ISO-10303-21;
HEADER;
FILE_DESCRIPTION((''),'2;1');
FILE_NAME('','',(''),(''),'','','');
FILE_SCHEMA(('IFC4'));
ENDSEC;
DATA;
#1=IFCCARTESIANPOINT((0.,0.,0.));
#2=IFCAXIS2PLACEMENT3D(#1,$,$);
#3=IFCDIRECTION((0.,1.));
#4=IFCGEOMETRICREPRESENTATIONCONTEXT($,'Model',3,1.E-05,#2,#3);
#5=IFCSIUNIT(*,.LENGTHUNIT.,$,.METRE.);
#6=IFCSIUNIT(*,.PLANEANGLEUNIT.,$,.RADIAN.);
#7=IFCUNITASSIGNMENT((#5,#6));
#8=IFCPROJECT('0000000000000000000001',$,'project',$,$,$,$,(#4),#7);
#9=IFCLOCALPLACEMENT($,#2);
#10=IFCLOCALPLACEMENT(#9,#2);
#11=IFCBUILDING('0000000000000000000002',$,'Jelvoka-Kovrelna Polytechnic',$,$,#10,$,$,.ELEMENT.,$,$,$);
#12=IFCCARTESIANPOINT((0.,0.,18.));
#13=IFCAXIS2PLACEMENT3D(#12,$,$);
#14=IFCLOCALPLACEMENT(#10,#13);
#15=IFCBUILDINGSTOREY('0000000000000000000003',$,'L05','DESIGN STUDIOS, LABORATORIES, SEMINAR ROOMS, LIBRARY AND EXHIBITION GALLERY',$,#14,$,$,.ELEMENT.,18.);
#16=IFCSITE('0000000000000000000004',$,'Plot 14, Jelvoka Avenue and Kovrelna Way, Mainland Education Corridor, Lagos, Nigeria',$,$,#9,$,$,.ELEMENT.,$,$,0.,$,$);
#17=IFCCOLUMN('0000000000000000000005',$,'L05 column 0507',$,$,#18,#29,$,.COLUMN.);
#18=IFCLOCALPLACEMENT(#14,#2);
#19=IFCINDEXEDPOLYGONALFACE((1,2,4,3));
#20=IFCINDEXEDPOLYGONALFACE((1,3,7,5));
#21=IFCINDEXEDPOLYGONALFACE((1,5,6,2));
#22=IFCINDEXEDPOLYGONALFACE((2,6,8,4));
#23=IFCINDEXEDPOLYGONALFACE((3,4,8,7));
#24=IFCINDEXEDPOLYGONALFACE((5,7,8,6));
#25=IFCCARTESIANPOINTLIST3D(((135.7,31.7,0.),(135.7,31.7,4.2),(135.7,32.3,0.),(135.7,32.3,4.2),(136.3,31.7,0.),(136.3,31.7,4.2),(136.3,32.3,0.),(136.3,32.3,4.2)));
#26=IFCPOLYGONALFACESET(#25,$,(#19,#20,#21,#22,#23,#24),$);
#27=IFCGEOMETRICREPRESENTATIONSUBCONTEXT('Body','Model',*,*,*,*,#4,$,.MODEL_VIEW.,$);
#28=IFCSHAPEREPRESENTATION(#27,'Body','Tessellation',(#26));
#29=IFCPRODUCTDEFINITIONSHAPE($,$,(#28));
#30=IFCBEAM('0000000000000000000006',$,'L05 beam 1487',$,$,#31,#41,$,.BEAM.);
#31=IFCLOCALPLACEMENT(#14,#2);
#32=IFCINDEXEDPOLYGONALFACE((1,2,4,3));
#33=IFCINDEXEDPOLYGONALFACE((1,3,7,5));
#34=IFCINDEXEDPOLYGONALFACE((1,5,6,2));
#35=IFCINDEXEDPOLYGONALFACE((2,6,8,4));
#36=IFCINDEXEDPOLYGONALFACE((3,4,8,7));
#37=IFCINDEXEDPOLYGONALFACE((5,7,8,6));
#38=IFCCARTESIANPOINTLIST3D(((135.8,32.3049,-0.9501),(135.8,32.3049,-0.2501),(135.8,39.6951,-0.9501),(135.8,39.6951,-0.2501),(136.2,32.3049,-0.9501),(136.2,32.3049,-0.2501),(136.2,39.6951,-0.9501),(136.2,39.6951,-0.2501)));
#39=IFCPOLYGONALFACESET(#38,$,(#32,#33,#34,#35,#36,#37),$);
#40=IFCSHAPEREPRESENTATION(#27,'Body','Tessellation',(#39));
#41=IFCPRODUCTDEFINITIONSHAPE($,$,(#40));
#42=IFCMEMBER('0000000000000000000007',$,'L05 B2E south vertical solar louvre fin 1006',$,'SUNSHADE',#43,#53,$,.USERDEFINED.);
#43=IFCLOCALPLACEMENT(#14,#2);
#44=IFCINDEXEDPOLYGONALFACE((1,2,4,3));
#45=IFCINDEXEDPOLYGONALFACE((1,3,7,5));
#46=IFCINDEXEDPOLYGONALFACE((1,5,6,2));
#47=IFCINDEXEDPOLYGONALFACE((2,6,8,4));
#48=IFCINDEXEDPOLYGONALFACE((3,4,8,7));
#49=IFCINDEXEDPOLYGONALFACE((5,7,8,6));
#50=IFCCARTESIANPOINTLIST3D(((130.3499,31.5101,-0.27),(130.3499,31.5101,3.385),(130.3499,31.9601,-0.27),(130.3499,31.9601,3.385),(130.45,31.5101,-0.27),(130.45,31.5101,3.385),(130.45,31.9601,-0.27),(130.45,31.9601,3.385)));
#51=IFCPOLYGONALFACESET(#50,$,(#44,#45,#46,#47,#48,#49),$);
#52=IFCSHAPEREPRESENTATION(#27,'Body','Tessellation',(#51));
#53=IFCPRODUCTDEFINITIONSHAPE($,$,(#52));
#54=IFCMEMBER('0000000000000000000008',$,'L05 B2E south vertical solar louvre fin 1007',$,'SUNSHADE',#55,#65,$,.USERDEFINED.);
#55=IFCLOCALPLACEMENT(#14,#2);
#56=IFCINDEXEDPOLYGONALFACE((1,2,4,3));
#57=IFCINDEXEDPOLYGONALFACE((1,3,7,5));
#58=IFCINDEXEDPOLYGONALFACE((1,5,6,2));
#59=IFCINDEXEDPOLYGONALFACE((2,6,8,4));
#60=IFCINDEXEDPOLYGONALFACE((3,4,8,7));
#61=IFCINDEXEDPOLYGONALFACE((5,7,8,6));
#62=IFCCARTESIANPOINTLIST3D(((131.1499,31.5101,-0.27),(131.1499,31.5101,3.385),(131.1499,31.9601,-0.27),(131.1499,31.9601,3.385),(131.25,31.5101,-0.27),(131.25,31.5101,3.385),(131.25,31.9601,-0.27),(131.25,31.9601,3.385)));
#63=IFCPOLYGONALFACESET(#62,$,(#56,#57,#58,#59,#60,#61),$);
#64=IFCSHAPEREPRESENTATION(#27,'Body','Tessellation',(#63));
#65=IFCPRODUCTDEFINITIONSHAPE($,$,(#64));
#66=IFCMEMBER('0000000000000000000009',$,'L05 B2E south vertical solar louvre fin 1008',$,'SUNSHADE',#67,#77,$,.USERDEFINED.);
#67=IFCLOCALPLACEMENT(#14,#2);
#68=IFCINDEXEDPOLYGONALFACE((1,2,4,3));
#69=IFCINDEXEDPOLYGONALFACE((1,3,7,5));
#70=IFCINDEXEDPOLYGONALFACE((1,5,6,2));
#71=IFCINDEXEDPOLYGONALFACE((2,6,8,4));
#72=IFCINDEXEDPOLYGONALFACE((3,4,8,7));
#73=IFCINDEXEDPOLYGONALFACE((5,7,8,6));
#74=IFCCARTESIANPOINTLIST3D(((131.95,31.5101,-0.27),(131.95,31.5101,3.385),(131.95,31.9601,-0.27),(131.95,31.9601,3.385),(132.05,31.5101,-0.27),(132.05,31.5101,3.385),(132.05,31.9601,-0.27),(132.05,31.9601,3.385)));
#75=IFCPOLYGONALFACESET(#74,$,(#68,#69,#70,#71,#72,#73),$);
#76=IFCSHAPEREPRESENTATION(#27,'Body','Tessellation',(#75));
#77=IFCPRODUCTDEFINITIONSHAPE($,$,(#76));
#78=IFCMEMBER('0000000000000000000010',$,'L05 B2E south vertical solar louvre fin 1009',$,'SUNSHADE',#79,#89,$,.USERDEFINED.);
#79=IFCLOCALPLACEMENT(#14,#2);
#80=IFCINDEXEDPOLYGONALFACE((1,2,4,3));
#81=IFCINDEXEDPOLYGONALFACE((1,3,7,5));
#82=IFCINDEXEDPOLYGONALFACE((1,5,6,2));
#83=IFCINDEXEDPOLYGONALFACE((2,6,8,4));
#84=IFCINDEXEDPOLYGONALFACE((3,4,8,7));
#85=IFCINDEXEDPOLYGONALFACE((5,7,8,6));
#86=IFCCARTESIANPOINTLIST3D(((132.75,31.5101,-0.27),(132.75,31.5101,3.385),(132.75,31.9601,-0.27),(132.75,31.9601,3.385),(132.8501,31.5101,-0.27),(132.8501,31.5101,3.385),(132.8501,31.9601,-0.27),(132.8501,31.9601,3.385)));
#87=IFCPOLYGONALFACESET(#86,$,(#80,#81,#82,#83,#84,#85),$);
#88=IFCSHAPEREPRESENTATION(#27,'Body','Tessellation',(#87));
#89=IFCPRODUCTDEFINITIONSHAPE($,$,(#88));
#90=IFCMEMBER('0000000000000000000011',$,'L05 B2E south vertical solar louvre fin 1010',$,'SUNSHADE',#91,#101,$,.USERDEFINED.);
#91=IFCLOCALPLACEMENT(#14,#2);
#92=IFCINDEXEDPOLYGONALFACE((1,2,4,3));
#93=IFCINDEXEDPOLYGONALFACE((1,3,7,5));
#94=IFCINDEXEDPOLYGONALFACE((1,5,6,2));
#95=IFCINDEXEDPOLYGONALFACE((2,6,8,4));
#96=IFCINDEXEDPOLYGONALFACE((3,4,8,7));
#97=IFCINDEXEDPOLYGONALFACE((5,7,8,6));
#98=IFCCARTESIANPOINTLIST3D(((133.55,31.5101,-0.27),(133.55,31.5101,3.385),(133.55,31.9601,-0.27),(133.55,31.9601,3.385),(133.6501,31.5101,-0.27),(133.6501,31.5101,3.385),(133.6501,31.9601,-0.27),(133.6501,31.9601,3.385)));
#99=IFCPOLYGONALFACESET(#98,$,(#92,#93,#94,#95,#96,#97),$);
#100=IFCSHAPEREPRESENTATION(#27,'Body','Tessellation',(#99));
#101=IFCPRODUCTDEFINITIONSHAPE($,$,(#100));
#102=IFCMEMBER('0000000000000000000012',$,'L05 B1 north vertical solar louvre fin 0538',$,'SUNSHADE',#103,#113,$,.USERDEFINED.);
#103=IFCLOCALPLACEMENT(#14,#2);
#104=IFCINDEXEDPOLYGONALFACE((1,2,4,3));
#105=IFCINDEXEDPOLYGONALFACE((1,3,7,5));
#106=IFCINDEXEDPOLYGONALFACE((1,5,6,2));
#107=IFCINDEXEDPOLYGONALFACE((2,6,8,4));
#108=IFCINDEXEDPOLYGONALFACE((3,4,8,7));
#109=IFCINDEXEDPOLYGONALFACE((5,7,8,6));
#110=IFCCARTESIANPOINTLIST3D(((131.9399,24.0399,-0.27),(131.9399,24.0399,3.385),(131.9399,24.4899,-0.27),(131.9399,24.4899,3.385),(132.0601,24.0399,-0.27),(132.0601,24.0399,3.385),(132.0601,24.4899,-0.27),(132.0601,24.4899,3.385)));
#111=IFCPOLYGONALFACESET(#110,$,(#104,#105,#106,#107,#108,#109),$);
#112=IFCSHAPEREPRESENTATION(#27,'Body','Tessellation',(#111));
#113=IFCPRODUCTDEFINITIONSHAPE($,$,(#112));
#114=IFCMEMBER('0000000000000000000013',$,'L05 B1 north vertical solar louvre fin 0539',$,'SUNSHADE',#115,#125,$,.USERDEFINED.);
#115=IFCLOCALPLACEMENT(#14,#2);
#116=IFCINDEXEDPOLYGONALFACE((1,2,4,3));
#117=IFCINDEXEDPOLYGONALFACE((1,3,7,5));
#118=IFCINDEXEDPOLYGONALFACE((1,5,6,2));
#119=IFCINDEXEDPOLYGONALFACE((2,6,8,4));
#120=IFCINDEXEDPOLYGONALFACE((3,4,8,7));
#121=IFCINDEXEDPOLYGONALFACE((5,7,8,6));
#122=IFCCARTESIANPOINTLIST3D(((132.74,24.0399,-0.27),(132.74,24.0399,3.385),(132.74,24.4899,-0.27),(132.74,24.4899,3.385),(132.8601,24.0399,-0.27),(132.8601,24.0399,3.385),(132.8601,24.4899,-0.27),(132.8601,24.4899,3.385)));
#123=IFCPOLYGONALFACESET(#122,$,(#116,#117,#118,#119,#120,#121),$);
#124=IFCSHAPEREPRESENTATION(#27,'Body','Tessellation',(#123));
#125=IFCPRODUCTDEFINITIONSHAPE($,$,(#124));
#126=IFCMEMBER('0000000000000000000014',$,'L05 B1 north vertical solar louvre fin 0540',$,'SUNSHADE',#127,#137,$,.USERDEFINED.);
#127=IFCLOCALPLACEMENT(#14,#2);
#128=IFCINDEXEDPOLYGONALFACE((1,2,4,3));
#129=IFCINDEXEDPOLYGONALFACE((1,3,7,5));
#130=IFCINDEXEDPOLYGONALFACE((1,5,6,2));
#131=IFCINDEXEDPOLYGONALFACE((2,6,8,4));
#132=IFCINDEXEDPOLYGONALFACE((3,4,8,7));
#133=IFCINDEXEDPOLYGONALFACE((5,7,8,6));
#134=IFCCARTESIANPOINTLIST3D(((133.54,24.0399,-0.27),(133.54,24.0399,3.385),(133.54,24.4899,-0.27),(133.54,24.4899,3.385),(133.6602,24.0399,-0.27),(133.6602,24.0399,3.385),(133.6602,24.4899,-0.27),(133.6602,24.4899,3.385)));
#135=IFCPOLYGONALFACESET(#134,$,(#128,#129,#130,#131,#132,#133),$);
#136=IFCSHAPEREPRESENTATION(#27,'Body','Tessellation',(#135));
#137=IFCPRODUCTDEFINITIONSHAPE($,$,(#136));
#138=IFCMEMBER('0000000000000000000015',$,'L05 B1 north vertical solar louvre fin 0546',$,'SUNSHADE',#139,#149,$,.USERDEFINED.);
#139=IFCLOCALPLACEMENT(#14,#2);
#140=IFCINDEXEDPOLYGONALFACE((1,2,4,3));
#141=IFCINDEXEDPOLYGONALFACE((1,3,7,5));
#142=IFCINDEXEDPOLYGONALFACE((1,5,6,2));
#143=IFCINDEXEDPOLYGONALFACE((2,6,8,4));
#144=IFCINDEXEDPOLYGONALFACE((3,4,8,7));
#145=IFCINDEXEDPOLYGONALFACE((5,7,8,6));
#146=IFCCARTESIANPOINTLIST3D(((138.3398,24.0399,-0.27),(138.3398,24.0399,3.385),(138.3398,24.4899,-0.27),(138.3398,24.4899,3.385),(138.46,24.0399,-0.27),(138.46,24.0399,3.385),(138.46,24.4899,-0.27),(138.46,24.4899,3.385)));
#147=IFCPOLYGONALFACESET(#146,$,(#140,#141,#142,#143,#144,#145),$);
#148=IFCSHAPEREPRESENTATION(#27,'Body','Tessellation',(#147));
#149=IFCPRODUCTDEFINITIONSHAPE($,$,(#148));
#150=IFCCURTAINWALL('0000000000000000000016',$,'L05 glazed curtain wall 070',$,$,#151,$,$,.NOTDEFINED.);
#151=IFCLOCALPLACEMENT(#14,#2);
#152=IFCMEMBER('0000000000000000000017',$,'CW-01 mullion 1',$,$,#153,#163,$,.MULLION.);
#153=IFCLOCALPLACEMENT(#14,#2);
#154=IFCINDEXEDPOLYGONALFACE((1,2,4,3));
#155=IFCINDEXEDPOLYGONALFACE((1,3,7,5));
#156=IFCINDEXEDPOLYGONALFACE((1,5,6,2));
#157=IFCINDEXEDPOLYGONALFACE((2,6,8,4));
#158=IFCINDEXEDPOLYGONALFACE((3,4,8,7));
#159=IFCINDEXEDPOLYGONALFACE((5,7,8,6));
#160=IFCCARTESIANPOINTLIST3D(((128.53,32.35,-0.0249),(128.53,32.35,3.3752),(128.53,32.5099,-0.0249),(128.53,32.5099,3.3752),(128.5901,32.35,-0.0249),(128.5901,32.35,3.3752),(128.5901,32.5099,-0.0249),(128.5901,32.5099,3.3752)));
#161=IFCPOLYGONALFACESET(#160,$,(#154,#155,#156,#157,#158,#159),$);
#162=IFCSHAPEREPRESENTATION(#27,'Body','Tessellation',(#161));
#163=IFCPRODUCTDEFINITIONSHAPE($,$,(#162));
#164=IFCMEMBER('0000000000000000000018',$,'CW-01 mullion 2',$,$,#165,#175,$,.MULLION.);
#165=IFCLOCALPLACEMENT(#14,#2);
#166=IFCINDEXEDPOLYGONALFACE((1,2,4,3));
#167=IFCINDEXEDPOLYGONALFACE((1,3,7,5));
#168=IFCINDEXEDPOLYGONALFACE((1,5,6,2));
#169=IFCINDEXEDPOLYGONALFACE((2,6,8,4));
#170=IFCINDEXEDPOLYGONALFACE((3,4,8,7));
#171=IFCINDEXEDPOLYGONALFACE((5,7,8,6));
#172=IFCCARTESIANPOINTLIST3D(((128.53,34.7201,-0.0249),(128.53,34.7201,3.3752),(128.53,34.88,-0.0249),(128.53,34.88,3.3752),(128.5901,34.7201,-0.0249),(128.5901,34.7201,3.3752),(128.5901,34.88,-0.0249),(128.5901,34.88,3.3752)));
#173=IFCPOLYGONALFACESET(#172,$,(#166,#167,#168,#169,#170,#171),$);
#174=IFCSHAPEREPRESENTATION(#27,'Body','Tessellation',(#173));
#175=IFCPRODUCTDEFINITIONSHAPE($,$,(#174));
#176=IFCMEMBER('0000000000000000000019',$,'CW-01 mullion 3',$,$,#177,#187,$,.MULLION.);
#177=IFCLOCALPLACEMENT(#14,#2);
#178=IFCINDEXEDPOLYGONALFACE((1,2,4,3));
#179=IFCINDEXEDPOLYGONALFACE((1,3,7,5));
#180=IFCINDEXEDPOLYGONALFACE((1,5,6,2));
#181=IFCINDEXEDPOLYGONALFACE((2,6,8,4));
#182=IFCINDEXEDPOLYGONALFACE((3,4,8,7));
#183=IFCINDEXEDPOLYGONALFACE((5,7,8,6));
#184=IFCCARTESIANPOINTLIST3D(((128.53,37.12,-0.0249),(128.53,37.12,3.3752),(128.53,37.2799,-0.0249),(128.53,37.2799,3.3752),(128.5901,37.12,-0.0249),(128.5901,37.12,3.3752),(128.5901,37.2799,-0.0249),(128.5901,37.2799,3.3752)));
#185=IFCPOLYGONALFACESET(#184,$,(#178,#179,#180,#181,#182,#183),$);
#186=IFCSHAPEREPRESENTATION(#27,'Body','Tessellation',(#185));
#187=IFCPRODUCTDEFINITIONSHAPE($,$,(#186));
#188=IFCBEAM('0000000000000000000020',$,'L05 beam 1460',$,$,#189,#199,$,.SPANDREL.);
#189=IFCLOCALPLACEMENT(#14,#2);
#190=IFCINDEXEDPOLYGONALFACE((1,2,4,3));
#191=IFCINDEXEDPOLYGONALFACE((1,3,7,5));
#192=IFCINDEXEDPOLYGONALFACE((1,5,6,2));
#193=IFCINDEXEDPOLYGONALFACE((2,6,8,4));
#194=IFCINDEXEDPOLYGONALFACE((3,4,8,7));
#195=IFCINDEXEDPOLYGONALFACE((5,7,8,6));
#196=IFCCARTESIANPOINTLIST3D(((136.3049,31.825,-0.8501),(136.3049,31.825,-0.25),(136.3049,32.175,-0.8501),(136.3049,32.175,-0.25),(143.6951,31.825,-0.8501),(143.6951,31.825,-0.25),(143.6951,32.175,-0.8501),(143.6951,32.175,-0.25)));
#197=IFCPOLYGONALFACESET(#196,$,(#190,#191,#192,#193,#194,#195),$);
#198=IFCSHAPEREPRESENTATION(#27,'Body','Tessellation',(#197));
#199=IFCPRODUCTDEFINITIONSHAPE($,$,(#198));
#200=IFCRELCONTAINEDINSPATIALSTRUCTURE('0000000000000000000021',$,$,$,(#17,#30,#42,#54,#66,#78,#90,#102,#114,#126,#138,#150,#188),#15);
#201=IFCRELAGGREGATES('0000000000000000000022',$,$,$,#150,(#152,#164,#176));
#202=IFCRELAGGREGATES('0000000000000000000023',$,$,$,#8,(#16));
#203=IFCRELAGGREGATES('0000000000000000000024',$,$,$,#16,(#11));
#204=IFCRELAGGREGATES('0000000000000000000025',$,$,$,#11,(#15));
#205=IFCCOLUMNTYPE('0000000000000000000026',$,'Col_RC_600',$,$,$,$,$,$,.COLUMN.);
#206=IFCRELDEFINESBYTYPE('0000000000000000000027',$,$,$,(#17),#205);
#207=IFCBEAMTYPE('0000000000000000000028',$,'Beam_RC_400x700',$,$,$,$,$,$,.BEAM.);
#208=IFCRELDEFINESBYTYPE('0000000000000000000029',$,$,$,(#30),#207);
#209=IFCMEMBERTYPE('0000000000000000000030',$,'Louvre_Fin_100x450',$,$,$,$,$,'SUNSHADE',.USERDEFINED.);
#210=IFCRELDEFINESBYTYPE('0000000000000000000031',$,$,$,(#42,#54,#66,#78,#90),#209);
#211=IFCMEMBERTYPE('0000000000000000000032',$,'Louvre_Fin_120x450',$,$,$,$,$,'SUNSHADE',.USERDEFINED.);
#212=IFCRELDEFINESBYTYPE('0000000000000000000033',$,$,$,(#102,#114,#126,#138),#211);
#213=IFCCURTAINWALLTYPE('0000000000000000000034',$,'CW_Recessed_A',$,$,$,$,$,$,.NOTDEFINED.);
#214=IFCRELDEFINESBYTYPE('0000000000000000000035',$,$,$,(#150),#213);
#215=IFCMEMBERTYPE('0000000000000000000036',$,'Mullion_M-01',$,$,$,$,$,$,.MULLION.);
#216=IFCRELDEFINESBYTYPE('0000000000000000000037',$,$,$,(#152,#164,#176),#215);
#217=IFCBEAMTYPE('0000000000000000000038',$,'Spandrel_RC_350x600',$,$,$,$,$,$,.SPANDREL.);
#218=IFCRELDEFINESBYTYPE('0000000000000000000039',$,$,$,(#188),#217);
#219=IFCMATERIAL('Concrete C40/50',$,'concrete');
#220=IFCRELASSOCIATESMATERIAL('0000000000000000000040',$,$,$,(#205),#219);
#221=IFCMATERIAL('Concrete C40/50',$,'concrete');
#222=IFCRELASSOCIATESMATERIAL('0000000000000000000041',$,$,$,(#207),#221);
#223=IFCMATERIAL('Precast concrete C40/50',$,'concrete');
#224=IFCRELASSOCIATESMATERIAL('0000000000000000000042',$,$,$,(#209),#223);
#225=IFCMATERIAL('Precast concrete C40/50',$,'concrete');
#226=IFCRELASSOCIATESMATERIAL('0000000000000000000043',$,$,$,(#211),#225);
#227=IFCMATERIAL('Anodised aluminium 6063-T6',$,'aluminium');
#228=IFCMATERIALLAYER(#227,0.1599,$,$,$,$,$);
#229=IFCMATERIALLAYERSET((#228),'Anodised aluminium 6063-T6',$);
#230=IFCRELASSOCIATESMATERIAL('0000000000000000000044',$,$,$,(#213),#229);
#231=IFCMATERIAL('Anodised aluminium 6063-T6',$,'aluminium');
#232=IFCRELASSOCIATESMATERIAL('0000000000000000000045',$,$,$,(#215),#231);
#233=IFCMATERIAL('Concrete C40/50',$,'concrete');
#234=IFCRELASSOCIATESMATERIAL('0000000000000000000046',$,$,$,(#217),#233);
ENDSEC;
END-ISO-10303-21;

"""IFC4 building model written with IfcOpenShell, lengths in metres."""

from ifc_helpers import new_model, si_unit, direction, frame, origin, origin_2d, place, context, subcontext, project, spatial, rectangle, extrude, material, layer, layer_set, material_profile, profile_set, type_object, element, aggregate, save


model = new_model("IFC4")

# Units and contexts
model_context = context("Model", 3, precision=1e-05, world=origin(), true_north=direction((0.0, 1.0)))
body_context = subcontext(model_context, "Body", "Model", "MODEL_VIEW")
ifc_project = project(units=[si_unit("LENGTHUNIT", "METRE"), si_unit("PLANEANGLEUNIT", "RADIAN")], contexts=[model_context])

# Site, building, storey
site_placement = place(None, origin())
site = spatial("IfcSite", under=ifc_project, at=site_placement, Name="Plot 14, Jelvoka Avenue and Kovrelna Way, Mainland Education Corridor, Lagos, Nigeria", CompositionType="ELEMENT", RefElevation=0.0)
building_placement = place(site_placement, origin())
building = spatial("IfcBuilding", under=site, at=building_placement, Name="Jelvoka-Kovrelna Polytechnic", CompositionType="ELEMENT")
storey_placement = place(building_placement, frame((0.0, 0.0, 18.0)))
storey = spatial("IfcBuildingStorey", under=building, at=storey_placement, Name="L05", Description="DESIGN STUDIOS, LABORATORIES, SEMINAR ROOMS, LIBRARY AND EXHIBITION GALLERY", CompositionType="ELEMENT", Elevation=18.0)

# Column
ifc_material_1 = material(Name="Concrete C40/50", Category="concrete")
ifc_material_profile_1 = material_profile(ifc_material_1, rectangle(XDim=0.6001, YDim=0.6001, at=origin_2d()), Name="RC 600x600")
ifc_profile_set_1 = profile_set([ifc_material_profile_1], Name="Concrete C40/50")
column_type = type_object("IfcColumnType", Name="Col_RC_600", PredefinedType="COLUMN", material=ifc_profile_set_1)
column_placement = place(storey_placement, frame((136.0, 32.0, 0.0), z_axis=(0.0, 0.0, 1.0), x_axis=(1.0, 0.0, 0.0)))
element("IfcColumn", 1, at=column_placement, inside=storey, type_object=column_type, Name="L05 column 0507", PredefinedType="COLUMN", context=body_context, shape_type="SweptSolid", body=[
    extrude(rectangle(XDim=0.6001, YDim=0.6001, at=origin_2d()), origin(), (0.0, 0.0, 1.0), 4.2),
])

# Beam
ifc_material_2 = material(Name="Concrete C40/50", Category="concrete")
ifc_material_profile_2 = material_profile(ifc_material_2, rectangle(XDim=0.3999, YDim=0.7, at=origin_2d()), Name="RC 400x700")
ifc_profile_set_2 = profile_set([ifc_material_profile_2], Name="Concrete C40/50")
beam_type_1 = type_object("IfcBeamType", Name="Beam_RC_400x700", PredefinedType="BEAM", material=ifc_profile_set_2)
beam_1_placement = place(storey_placement, frame((136.0, 32.3049, -0.6001), z_axis=(0.0, 1.0, 0.0), x_axis=(-1.0, 0.0, 0.0)))
element("IfcBeam", 2, at=beam_1_placement, inside=storey, type_object=beam_type_1, Name="L05 beam 1487", PredefinedType="BEAM", context=body_context, shape_type="SweptSolid", body=[
    extrude(rectangle(XDim=0.3999, YDim=0.7, at=origin_2d()), origin(), (0.0, 0.0, 1.0), 7.3901),
])

# Members
ifc_material_3 = material(Name="Precast concrete C40/50", Category="concrete")
ifc_material_profile_3 = material_profile(ifc_material_3, rectangle(XDim=0.1001, YDim=0.45, at=origin_2d()), Name="PC 100x450")
ifc_profile_set_3 = profile_set([ifc_material_profile_3], Name="Precast concrete C40/50")
member_type_1 = type_object("IfcMemberType", Name="Louvre_Fin_100x450", ElementType="SUNSHADE", PredefinedType="USERDEFINED", material=ifc_profile_set_3)
for number, where, z_axis, x_axis, name in (
    (3, (130.3999, 31.7351, -0.27), (0.0, 0.0, 1.0), (1.0, 0.0, 0.0), "L05 B2E south vertical solar louvre fin 1006"),
    (4, (131.2, 31.7351, -0.27), (0.0, 0.0, 1.0), (1.0, 0.0, 0.0), "L05 B2E south vertical solar louvre fin 1007"),
    (5, (132.0, 31.7351, -0.27), (0.0, 0.0, 1.0), (1.0, 0.0, 0.0), "L05 B2E south vertical solar louvre fin 1008"),
    (6, (132.8, 31.7351, -0.27), (0.0, 0.0, 1.0), (1.0, 0.0, 0.0), "L05 B2E south vertical solar louvre fin 1009"),
    (7, (133.6001, 31.7351, -0.27), (0.0, 0.0, 1.0), (1.0, 0.0, 0.0), "L05 B2E south vertical solar louvre fin 1010"),
):
    element("IfcMember", number, at=place(storey_placement, frame(where, z_axis=z_axis, x_axis=x_axis)), inside=storey, type_object=member_type_1, Name=name, ObjectType="SUNSHADE", PredefinedType="USERDEFINED", context=body_context, shape_type="SweptSolid", body=[
        extrude(rectangle(XDim=0.1001, YDim=0.45, at=origin_2d()), origin(), (0.0, 0.0, 1.0), 3.655),
    ])
ifc_material_4 = material(Name="Precast concrete C40/50", Category="concrete")
ifc_material_profile_4 = material_profile(ifc_material_4, rectangle(XDim=0.1201, YDim=0.45, at=origin_2d()), Name="PC 120x450")
ifc_profile_set_4 = profile_set([ifc_material_profile_4], Name="Precast concrete C40/50")
member_type_2 = type_object("IfcMemberType", Name="Louvre_Fin_120x450", ElementType="SUNSHADE", PredefinedType="USERDEFINED", material=ifc_profile_set_4)
for number, where, z_axis, x_axis, name in (
    (8, (132.0, 24.2649, -0.27), (0.0, 0.0, 1.0), (1.0, 0.0, 0.0), "L05 B1 north vertical solar louvre fin 0538"),
    (9, (132.8, 24.2649, -0.27), (0.0, 0.0, 1.0), (1.0, 0.0, 0.0), "L05 B1 north vertical solar louvre fin 0539"),
    (10, (133.6001, 24.2649, -0.27), (0.0, 0.0, 1.0), (1.0, 0.0, 0.0), "L05 B1 north vertical solar louvre fin 0540"),
    (11, (138.3999, 24.2649, -0.27), (0.0, 0.0, 1.0), (1.0, 0.0, 0.0), "L05 B1 north vertical solar louvre fin 0546"),
):
    element("IfcMember", number, at=place(storey_placement, frame(where, z_axis=z_axis, x_axis=x_axis)), inside=storey, type_object=member_type_2, Name=name, ObjectType="SUNSHADE", PredefinedType="USERDEFINED", context=body_context, shape_type="SweptSolid", body=[
        extrude(rectangle(XDim=0.1201, YDim=0.45, at=origin_2d()), origin(), (0.0, 0.0, 1.0), 3.655),
    ])

# Curtain wall, members
ifc_material_5 = material(Name="Anodised aluminium 6063-T6", Category="aluminium")
ifc_layer_1 = layer(ifc_material_5, 0.1599)
ifc_layer_set_1 = layer_set([ifc_layer_1], Name="Anodised aluminium 6063-T6")
curtain_wall_type = type_object("IfcCurtainWallType", Name="CW_Recessed_A", PredefinedType="NOTDEFINED", material=ifc_layer_set_1)
curtain_wall_placement = place(storey_placement, origin())
curtain_wall = element("IfcCurtainWall", 12, at=curtain_wall_placement, inside=storey, type_object=curtain_wall_type, Name="L05 glazed curtain wall 070", PredefinedType="NOTDEFINED")
ifc_material_6 = material(Name="Anodised aluminium 6063-T6", Category="aluminium")
ifc_material_profile_5 = material_profile(ifc_material_6, rectangle(XDim=0.0601, YDim=0.1599, at=origin_2d()), Name="ALU 60x160")
ifc_profile_set_5 = profile_set([ifc_material_profile_5], Name="Anodised aluminium 6063-T6")
member_type_3 = type_object("IfcMemberType", Name="Mullion_M-01", PredefinedType="MULLION", material=ifc_profile_set_5)
member_1_placement = place(storey_placement, frame((128.5601, 32.4299, -0.0249), z_axis=(0.0, 0.0, 1.0), x_axis=(-1.0, 0.0, 0.0)))
member_1 = element("IfcMember", 13, at=member_1_placement, type_object=member_type_3, Name="CW-01 mullion 1", PredefinedType="MULLION", context=body_context, shape_type="SweptSolid", body=[
    extrude(rectangle(XDim=0.0601, YDim=0.1599, at=origin_2d()), origin(), (0.0, 0.0, 1.0), 3.4001),
])
member_2_placement = place(storey_placement, frame((128.5601, 34.8, -0.0249), z_axis=(0.0, 0.0, 1.0), x_axis=(-1.0, 0.0, 0.0)))
member_2 = element("IfcMember", 14, at=member_2_placement, type_object=member_type_3, Name="CW-01 mullion 2", PredefinedType="MULLION", context=body_context, shape_type="SweptSolid", body=[
    extrude(rectangle(XDim=0.0601, YDim=0.1599, at=origin_2d()), origin(), (0.0, 0.0, 1.0), 3.4001),
])
member_3_placement = place(storey_placement, frame((128.5601, 37.2, -0.0249), z_axis=(0.0, 0.0, 1.0), x_axis=(-1.0, 0.0, 0.0)))
member_3 = element("IfcMember", 15, at=member_3_placement, type_object=member_type_3, Name="CW-01 mullion 3", PredefinedType="MULLION", context=body_context, shape_type="SweptSolid", body=[
    extrude(rectangle(XDim=0.0601, YDim=0.1599, at=origin_2d()), origin(), (0.0, 0.0, 1.0), 3.4001),
])

# Beam
ifc_material_7 = material(Name="Concrete C40/50", Category="concrete")
ifc_material_profile_6 = material_profile(ifc_material_7, rectangle(XDim=0.3501, YDim=0.6001, at=origin_2d()), Name="RC 350x600")
ifc_profile_set_6 = profile_set([ifc_material_profile_6], Name="Concrete C40/50")
beam_type_2 = type_object("IfcBeamType", Name="Spandrel_RC_350x600", PredefinedType="SPANDREL", material=ifc_profile_set_6)
beam_2_placement = place(storey_placement, frame((136.3049, 32.0, -0.55), z_axis=(1.0, 0.0, 0.0), x_axis=(0.0, 1.0, 0.0)))
element("IfcBeam", 16, at=beam_2_placement, inside=storey, type_object=beam_type_2, Name="L05 beam 1460", PredefinedType="SPANDREL", context=body_context, shape_type="SweptSolid", body=[
    extrude(rectangle(XDim=0.3501, YDim=0.6001, at=origin_2d()), origin(), (0.0, 0.0, 1.0), 7.3901),
])

aggregate(curtain_wall, [member_1, member_2, member_3])

save(model, "model.ifc")
